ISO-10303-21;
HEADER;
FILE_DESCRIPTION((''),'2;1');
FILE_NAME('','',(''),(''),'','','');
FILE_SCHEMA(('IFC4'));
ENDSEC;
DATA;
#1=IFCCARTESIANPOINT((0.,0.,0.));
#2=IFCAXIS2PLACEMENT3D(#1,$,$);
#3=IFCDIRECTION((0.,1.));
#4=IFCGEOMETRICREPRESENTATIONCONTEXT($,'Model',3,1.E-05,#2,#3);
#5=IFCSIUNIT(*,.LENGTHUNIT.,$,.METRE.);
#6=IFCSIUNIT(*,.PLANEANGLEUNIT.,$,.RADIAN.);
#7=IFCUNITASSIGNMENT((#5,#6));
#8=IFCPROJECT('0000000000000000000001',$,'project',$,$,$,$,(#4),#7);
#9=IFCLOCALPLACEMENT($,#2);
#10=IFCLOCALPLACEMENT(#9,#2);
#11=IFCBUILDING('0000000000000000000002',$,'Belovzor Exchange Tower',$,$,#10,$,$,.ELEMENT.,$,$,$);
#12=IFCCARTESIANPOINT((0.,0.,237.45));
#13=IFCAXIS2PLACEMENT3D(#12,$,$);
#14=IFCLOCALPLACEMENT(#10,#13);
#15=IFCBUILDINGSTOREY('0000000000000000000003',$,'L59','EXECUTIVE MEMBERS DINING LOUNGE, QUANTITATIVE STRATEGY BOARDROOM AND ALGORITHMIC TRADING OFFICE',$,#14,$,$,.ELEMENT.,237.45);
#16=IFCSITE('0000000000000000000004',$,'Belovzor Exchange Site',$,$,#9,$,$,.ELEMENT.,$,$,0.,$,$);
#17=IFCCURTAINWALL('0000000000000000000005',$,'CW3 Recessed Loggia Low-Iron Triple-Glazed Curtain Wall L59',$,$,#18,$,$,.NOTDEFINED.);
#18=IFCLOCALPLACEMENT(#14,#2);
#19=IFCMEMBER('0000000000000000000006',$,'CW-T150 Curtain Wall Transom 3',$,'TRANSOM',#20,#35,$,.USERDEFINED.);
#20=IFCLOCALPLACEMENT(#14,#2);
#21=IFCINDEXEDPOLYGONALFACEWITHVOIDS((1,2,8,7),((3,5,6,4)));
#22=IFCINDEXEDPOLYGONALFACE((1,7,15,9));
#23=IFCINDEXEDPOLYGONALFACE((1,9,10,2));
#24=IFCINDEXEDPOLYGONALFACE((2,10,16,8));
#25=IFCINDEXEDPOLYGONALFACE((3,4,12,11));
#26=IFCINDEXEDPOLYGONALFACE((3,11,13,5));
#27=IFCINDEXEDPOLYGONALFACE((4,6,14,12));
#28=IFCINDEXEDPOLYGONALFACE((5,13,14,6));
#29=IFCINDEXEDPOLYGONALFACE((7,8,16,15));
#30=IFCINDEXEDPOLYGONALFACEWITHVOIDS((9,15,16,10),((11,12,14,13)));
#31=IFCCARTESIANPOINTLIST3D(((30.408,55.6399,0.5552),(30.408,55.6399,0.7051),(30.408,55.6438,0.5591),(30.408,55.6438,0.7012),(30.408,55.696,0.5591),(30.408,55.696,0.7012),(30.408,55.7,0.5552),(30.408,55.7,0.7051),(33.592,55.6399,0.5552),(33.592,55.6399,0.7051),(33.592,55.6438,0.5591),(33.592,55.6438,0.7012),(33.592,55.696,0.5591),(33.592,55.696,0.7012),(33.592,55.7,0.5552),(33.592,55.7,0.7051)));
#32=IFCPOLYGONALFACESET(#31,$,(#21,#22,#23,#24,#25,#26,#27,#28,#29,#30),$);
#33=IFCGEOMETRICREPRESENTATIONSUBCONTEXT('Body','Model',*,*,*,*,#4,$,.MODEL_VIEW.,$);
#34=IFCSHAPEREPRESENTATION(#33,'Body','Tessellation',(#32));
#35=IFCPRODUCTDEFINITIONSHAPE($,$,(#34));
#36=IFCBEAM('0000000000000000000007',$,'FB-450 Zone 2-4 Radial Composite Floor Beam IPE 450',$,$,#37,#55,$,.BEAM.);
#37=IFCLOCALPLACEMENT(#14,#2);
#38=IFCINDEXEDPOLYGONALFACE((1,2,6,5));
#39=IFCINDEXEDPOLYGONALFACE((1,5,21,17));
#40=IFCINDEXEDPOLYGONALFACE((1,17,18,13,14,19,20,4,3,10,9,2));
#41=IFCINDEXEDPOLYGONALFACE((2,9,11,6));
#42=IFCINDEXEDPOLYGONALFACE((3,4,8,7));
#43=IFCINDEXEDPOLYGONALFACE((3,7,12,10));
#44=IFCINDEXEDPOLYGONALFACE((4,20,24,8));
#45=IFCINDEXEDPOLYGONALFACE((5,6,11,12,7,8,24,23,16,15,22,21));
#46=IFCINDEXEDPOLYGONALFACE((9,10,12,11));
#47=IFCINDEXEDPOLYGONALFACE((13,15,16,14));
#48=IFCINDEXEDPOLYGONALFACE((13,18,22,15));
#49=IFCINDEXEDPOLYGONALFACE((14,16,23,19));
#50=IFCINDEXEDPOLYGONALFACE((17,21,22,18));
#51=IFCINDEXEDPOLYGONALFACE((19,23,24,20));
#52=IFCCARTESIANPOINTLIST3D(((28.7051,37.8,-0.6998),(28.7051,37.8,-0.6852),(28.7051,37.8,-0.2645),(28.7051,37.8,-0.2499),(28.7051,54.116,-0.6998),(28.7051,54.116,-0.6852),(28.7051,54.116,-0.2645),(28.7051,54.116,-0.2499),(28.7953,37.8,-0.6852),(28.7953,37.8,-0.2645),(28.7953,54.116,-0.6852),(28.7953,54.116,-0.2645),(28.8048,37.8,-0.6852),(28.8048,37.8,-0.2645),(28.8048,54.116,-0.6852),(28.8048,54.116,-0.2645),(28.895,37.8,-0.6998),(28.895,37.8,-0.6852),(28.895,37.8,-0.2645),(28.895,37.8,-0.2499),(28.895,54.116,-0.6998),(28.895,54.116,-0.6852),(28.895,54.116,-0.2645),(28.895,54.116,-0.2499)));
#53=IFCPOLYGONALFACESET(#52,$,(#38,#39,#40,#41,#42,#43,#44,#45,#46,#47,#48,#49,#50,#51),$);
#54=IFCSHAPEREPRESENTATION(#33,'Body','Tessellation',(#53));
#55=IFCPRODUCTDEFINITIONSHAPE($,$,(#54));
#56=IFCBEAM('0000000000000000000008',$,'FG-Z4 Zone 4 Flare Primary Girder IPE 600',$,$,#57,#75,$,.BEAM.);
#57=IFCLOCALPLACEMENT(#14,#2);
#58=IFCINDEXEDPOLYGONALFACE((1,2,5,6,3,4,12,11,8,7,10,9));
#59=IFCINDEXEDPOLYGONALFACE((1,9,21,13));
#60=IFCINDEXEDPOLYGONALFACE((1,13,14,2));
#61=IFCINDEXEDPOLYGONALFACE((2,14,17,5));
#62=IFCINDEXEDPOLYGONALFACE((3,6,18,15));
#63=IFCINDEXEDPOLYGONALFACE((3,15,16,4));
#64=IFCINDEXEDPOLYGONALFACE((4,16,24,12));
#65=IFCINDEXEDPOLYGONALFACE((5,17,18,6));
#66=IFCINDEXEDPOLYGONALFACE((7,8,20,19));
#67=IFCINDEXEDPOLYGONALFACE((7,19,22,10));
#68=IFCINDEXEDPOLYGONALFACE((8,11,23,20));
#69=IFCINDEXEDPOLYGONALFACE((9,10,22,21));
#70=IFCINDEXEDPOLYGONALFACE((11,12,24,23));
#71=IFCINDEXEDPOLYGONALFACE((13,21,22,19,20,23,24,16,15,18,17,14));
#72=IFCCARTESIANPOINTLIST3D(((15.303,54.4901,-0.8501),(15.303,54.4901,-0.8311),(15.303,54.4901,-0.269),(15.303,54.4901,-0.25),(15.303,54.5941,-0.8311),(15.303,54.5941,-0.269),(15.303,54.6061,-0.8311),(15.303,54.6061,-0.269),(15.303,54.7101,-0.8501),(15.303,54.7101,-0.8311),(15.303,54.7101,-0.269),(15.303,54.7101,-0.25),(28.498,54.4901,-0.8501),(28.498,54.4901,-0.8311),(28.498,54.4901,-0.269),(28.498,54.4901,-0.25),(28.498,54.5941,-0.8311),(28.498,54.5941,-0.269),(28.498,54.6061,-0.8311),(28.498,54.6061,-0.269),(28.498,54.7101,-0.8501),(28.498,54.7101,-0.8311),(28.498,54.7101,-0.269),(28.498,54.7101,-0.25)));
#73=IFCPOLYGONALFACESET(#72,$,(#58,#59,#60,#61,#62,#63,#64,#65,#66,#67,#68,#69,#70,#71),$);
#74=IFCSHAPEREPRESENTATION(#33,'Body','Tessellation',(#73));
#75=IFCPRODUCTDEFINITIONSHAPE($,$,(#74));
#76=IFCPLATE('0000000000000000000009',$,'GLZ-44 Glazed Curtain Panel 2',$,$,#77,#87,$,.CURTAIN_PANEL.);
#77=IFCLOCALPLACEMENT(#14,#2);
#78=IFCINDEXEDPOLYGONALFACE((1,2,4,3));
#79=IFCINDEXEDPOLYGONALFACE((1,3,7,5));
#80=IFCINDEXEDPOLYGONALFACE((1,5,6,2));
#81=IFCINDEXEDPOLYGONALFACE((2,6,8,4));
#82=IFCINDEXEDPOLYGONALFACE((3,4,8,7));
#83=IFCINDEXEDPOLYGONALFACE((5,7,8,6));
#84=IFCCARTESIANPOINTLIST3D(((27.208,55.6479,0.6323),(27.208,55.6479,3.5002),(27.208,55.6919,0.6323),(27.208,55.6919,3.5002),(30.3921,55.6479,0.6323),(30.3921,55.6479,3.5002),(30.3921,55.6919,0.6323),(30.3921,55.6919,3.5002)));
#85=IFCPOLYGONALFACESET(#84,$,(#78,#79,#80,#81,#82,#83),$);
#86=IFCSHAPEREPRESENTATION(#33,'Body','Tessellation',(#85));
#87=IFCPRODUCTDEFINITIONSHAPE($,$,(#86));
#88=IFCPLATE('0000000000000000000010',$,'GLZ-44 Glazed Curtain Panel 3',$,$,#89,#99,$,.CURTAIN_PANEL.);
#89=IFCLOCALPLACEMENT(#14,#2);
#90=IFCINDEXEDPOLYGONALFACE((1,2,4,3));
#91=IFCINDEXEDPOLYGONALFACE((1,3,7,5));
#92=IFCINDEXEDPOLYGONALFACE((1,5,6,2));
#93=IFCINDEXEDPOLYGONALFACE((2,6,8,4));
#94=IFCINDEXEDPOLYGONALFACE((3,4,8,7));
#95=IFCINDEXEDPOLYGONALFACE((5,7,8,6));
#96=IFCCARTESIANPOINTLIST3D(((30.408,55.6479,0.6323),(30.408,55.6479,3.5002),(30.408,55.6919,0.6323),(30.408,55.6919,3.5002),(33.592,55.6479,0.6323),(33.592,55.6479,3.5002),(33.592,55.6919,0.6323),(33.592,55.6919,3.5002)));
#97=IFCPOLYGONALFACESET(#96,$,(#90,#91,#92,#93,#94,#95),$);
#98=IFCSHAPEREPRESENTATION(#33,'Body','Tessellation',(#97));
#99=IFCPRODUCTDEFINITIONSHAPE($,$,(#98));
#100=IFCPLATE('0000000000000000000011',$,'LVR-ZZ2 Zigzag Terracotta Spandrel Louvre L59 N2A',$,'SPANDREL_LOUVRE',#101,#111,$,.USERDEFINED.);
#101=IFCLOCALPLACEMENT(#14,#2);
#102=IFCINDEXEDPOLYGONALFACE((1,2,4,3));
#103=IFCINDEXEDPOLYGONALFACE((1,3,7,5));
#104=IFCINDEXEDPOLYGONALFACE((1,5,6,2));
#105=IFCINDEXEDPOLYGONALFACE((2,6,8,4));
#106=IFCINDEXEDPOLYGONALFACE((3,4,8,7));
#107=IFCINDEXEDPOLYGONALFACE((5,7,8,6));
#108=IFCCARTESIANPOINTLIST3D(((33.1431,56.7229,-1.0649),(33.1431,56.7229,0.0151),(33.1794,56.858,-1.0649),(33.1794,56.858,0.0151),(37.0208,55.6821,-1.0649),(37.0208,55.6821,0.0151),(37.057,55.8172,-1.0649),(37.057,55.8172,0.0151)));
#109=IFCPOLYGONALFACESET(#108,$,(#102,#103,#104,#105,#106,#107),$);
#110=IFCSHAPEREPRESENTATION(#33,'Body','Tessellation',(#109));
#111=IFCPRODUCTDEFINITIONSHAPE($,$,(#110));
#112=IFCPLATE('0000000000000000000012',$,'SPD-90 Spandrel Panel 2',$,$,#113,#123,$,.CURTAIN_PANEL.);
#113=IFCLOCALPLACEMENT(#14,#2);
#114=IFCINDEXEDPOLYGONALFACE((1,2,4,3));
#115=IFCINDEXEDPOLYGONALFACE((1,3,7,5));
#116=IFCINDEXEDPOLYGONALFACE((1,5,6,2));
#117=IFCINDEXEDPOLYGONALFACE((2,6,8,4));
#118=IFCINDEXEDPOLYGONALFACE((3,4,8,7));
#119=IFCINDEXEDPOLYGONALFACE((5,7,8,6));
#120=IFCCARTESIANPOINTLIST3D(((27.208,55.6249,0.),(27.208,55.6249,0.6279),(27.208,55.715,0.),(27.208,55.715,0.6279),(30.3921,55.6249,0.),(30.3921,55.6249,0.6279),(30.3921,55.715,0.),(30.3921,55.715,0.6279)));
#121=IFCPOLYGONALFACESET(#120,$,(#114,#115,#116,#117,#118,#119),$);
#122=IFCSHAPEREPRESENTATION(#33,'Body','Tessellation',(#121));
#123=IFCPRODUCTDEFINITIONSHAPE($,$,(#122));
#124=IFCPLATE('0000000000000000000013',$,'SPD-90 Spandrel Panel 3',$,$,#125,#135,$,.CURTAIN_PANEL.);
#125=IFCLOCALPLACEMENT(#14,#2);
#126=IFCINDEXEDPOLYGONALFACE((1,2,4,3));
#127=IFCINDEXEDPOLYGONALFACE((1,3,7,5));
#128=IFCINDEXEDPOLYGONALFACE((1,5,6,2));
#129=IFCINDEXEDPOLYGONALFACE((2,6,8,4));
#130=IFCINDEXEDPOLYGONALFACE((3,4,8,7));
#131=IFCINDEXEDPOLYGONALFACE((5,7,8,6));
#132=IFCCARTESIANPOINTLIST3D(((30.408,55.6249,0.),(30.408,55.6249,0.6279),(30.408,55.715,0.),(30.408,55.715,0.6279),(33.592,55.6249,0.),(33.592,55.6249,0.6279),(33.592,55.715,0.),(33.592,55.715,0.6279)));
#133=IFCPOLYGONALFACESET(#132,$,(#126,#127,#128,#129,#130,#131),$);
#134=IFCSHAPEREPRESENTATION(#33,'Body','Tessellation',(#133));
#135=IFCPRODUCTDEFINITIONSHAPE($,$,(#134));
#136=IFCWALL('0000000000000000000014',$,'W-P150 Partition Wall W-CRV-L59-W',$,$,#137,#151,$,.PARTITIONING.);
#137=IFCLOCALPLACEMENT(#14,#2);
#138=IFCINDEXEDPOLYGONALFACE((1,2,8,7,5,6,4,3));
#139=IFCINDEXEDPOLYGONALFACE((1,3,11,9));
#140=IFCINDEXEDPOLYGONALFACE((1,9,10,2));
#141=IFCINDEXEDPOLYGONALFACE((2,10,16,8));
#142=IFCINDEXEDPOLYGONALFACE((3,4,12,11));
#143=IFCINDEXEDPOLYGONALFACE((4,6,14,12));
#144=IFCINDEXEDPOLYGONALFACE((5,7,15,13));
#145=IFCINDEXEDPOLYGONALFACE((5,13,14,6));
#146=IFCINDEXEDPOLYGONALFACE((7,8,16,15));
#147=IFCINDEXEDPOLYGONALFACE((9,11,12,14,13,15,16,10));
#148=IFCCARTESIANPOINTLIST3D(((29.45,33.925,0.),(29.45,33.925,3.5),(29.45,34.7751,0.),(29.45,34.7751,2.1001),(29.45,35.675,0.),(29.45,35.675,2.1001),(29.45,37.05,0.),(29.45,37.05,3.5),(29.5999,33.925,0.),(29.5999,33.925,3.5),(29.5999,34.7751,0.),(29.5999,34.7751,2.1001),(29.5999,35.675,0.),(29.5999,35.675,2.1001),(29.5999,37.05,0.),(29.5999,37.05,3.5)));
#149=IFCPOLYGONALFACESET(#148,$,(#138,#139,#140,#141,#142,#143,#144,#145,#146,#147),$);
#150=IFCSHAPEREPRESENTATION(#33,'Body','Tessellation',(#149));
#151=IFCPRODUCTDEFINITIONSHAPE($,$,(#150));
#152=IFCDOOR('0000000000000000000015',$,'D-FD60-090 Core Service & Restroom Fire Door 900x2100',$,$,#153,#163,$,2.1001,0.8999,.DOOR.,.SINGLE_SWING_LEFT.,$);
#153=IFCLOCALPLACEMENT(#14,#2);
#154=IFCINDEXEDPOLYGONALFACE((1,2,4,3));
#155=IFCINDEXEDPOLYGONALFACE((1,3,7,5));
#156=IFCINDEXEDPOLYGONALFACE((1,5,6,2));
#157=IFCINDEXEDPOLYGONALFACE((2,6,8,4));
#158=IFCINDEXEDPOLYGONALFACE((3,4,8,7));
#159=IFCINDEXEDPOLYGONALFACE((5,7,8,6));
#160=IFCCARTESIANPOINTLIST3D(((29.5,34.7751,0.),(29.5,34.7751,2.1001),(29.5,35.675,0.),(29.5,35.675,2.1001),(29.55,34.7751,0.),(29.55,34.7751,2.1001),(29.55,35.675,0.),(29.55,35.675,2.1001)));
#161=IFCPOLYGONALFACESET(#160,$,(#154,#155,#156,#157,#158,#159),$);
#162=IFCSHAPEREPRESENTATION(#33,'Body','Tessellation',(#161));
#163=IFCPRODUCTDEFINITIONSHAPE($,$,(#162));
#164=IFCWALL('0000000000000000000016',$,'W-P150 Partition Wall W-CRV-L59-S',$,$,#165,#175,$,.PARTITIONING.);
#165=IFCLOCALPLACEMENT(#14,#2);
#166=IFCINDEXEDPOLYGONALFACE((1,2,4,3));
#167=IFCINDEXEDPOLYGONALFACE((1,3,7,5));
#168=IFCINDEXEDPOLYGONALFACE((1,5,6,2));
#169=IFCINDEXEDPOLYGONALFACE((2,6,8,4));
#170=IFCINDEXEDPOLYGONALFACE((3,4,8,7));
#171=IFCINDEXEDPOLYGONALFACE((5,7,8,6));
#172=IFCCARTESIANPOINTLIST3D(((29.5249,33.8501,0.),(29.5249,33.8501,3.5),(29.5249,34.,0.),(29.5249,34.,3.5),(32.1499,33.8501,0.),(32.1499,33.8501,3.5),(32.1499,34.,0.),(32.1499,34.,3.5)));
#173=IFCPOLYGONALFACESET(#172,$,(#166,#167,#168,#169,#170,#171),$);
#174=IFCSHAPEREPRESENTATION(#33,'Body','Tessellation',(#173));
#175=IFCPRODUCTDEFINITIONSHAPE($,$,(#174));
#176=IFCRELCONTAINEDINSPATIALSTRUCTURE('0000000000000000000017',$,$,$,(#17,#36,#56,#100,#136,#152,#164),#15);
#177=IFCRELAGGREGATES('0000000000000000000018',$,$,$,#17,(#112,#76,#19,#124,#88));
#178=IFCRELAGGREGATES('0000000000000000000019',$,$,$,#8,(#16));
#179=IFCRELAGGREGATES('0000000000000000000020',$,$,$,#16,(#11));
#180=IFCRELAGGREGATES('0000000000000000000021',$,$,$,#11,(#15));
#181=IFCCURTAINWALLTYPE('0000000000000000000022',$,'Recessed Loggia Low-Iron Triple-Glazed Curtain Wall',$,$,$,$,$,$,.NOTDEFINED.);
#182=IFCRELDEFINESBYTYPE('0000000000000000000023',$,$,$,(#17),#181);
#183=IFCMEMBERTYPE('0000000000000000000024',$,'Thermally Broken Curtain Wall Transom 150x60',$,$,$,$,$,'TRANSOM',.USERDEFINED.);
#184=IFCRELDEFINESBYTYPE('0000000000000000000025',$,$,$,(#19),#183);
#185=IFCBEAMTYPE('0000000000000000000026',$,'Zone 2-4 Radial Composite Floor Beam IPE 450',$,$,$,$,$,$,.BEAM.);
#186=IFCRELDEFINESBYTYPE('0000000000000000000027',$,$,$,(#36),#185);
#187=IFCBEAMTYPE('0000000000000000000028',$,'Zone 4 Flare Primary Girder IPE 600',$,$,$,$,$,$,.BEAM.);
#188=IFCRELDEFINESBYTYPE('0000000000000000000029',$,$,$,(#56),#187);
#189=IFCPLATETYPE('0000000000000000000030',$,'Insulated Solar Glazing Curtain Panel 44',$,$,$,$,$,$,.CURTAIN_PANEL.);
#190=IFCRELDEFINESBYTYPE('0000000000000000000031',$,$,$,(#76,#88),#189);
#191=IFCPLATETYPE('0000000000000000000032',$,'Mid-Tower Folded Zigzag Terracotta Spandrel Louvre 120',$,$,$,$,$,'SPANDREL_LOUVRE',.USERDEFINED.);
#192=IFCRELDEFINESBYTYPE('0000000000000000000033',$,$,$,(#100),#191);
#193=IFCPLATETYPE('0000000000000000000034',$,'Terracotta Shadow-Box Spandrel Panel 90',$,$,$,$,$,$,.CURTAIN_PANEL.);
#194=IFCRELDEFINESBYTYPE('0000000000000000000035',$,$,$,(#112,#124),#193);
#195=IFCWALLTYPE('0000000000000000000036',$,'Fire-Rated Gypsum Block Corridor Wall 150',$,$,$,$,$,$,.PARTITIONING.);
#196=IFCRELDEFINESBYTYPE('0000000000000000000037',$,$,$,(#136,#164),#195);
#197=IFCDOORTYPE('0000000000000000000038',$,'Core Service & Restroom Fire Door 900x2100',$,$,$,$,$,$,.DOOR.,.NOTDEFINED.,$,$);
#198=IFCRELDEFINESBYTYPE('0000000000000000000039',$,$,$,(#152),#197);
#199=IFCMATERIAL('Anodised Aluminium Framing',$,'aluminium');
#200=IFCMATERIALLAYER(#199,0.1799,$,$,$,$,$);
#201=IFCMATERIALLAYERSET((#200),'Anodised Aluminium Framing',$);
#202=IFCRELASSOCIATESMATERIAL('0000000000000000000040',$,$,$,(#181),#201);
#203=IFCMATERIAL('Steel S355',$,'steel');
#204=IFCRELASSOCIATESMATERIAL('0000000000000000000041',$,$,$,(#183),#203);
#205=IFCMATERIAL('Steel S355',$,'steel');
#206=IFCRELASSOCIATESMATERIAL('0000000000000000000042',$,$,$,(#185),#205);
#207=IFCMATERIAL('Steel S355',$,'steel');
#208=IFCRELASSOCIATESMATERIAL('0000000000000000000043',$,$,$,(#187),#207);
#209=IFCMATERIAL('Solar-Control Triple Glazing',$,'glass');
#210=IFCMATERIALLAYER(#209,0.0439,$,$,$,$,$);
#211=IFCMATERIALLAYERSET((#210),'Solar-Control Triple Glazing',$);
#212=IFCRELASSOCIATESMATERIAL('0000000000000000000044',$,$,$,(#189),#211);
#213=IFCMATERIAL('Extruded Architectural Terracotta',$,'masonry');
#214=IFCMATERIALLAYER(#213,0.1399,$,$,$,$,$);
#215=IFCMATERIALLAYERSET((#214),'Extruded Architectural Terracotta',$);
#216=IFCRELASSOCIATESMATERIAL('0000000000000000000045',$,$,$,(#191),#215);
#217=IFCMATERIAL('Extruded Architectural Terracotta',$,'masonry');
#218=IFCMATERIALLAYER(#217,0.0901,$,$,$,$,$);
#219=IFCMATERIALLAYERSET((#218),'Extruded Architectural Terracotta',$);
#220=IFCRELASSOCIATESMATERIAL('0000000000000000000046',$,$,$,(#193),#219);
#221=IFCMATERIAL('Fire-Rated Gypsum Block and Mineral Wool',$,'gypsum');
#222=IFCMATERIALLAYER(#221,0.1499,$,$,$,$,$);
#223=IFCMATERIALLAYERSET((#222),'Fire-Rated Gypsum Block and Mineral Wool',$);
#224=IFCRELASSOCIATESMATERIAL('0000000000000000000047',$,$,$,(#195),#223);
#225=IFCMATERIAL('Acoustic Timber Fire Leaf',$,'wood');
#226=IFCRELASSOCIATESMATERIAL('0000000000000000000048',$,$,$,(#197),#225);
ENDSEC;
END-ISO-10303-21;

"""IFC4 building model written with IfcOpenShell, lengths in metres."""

from ifc_helpers import new_model, si_unit, direction, frame, frame_2d, origin, origin_2d, place, context, subcontext, project, spatial, rectangle, hollow_rectangle, i_section, extrude, material, layer, layer_set, material_profile, profile_set, type_object, element, fill, aggregate, save


model = new_model("IFC4")

# Units and contexts
model_context = context("Model", 3, precision=1e-05, world=origin(), true_north=direction((0.0, 1.0)))
body_context = subcontext(model_context, "Body", "Model", "MODEL_VIEW")
ifc_project = project(units=[si_unit("LENGTHUNIT", "METRE"), si_unit("PLANEANGLEUNIT", "RADIAN")], contexts=[model_context])

# Site, building, storey
site_placement = place(None, origin())
site = spatial("IfcSite", under=ifc_project, at=site_placement, Name="Belovzor Exchange Site", CompositionType="ELEMENT", RefElevation=0.0)
building_placement = place(site_placement, origin())
building = spatial("IfcBuilding", under=site, at=building_placement, Name="Belovzor Exchange Tower", CompositionType="ELEMENT")
storey_placement = place(building_placement, frame((0.0, 0.0, 237.45)))
storey = spatial("IfcBuildingStorey", under=building, at=storey_placement, Name="L59", Description="EXECUTIVE MEMBERS DINING LOUNGE, QUANTITATIVE STRATEGY BOARDROOM AND ALGORITHMIC TRADING OFFICE", CompositionType="ELEMENT", Elevation=237.45)

# Curtain wall, member
ifc_material_1 = material(Name="Anodised Aluminium Framing", Category="aluminium")
ifc_layer_1 = layer(ifc_material_1, 0.1799)
ifc_layer_set_1 = layer_set([ifc_layer_1], Name="Anodised Aluminium Framing")
curtain_wall_type = type_object("IfcCurtainWallType", Name="Recessed Loggia Low-Iron Triple-Glazed Curtain Wall", PredefinedType="NOTDEFINED", material=ifc_layer_set_1)
curtain_wall_placement = place(storey_placement, origin())
curtain_wall = element("IfcCurtainWall", 1, at=curtain_wall_placement, inside=storey, type_object=curtain_wall_type, Name="CW3 Recessed Loggia Low-Iron Triple-Glazed Curtain Wall L59", PredefinedType="NOTDEFINED")
ifc_material_2 = material(Name="Steel S355", Category="steel")
ifc_material_profile_1 = material_profile(ifc_material_2, hollow_rectangle(XDim=0.0601, YDim=0.1499, WallThickness=0.0039, at=origin_2d()))
ifc_profile_set_1 = profile_set([ifc_material_profile_1], Name="Steel S355")
member_type_1 = type_object("IfcMemberType", Name="Thermally Broken Curtain Wall Transom 150x60", ElementType="TRANSOM", PredefinedType="USERDEFINED", material=ifc_profile_set_1)
member_1_placement = place(storey_placement, frame((30.408, 55.6699, 0.6301), z_axis=(1.0, 0.0, 0.0), x_axis=(0.0, 1.0, 0.0)))
member_1 = element("IfcMember", 2, at=member_1_placement, type_object=member_type_1, Name="CW-T150 Curtain Wall Transom 3", ObjectType="TRANSOM", PredefinedType="USERDEFINED", context=body_context, shape_type="SweptSolid", body=[
    extrude(hollow_rectangle(XDim=0.0601, YDim=0.1499, WallThickness=0.0039, at=origin_2d()), origin(), (0.0, 0.0, 1.0), 3.1841),
])

# Beams
ifc_material_3 = material(Name="Steel S355", Category="steel")
ifc_material_profile_2 = material_profile(ifc_material_3, i_section(OverallWidth=0.1899, OverallDepth=0.45, WebThickness=0.0095, FlangeThickness=0.0146, at=origin_2d()))
ifc_profile_set_2 = profile_set([ifc_material_profile_2], Name="Steel S355")
beam_type_1 = type_object("IfcBeamType", Name="Zone 2-4 Radial Composite Floor Beam IPE 450", PredefinedType="BEAM", material=ifc_profile_set_2)
beam_1_placement = place(storey_placement, frame((28.8, 37.8, -0.4749), z_axis=(0.0, 1.0, 0.0), x_axis=(-1.0, 0.0, 0.0)))
element("IfcBeam", 3, at=beam_1_placement, inside=storey, type_object=beam_type_1, Name="FB-450 Zone 2-4 Radial Composite Floor Beam IPE 450", PredefinedType="BEAM", context=body_context, shape_type="SweptSolid", body=[
    extrude(i_section(OverallWidth=0.1899, OverallDepth=0.45, WebThickness=0.0095, FlangeThickness=0.0146, at=origin_2d()), origin(), (0.0, 0.0, 1.0), 16.3159),
])
ifc_material_4 = material(Name="Steel S355", Category="steel")
ifc_material_profile_3 = material_profile(ifc_material_4, i_section(OverallWidth=0.22, OverallDepth=0.6001, WebThickness=0.012, FlangeThickness=0.019, at=origin_2d()))
ifc_profile_set_3 = profile_set([ifc_material_profile_3], Name="Steel S355")
beam_type_2 = type_object("IfcBeamType", Name="Zone 4 Flare Primary Girder IPE 600", PredefinedType="BEAM", material=ifc_profile_set_3)
beam_2_placement = place(storey_placement, frame((28.498, 54.6001, -0.55), z_axis=(-1.0, 0.0, 0.0), x_axis=(0.0, -1.0, 0.0)))
element("IfcBeam", 4, at=beam_2_placement, inside=storey, type_object=beam_type_2, Name="FG-Z4 Zone 4 Flare Primary Girder IPE 600", PredefinedType="BEAM", context=body_context, shape_type="SweptSolid", body=[
    extrude(i_section(OverallWidth=0.22, OverallDepth=0.6001, WebThickness=0.012, FlangeThickness=0.019, at=origin_2d()), origin(), (0.0, 0.0, 1.0), 13.1951),
])

# Plates
ifc_material_5 = material(Name="Solar-Control Triple Glazing", Category="glass")
ifc_layer_2 = layer(ifc_material_5, 0.0439)
ifc_layer_set_2 = layer_set([ifc_layer_2], Name="Solar-Control Triple Glazing")
plate_type_1 = type_object("IfcPlateType", Name="Insulated Solar Glazing Curtain Panel 44", PredefinedType="CURTAIN_PANEL", material=ifc_layer_set_2)
plate_1_placement = place(storey_placement, frame((28.8, 55.6699, 0.6323), z_axis=(0.0, 0.0, 1.0), x_axis=(1.0, 0.0, 0.0)))
plate_1 = element("IfcPlate", 5, at=plate_1_placement, type_object=plate_type_1, Name="GLZ-44 Glazed Curtain Panel 2", PredefinedType="CURTAIN_PANEL", context=body_context, shape_type="SweptSolid", body=[
    extrude(rectangle(XDim=3.1841, YDim=0.0439, at=origin_2d()), origin(), (0.0, 0.0, 1.0), 2.8679),
])
plate_2_placement = place(storey_placement, frame((32.0, 55.6699, 0.6323), z_axis=(0.0, 0.0, 1.0), x_axis=(1.0, 0.0, 0.0)))
plate_2 = element("IfcPlate", 6, at=plate_2_placement, type_object=plate_type_1, Name="GLZ-44 Glazed Curtain Panel 3", PredefinedType="CURTAIN_PANEL", context=body_context, shape_type="SweptSolid", body=[
    extrude(rectangle(XDim=3.1841, YDim=0.0439, at=origin_2d()), origin(), (0.0, 0.0, 1.0), 2.8679),
])
ifc_material_6 = material(Name="Extruded Architectural Terracotta", Category="masonry")
ifc_layer_3 = layer(ifc_material_6, 0.1399)
ifc_layer_set_3 = layer_set([ifc_layer_3], Name="Extruded Architectural Terracotta")
plate_type_2 = type_object("IfcPlateType", Name="Mid-Tower Folded Zigzag Terracotta Spandrel Louvre 120", ElementType="SPANDREL_LOUVRE", PredefinedType="USERDEFINED", material=ifc_layer_set_3)
plate_3_placement = place(storey_placement, frame((35.1001, 56.27, -1.0649), z_axis=(0.0, 0.0, 1.0), x_axis=(0.965813, -0.25924, 0.0)))
element("IfcPlate", 7, at=plate_3_placement, inside=storey, type_object=plate_type_2, Name="LVR-ZZ2 Zigzag Terracotta Spandrel Louvre L59 N2A", ObjectType="SPANDREL_LOUVRE", PredefinedType="USERDEFINED", context=body_context, shape_type="SweptSolid", body=[
    extrude(rectangle(XDim=4.0149, YDim=0.1399, at=origin_2d()), origin(), (0.0, 0.0, 1.0), 1.0801),
])
ifc_material_7 = material(Name="Extruded Architectural Terracotta", Category="masonry")
ifc_layer_4 = layer(ifc_material_7, 0.0901)
ifc_layer_set_4 = layer_set([ifc_layer_4], Name="Extruded Architectural Terracotta")
plate_type_3 = type_object("IfcPlateType", Name="Terracotta Shadow-Box Spandrel Panel 90", PredefinedType="CURTAIN_PANEL", material=ifc_layer_set_4)
plate_4_placement = place(storey_placement, frame((28.8, 55.6699, 0.0), z_axis=(0.0, 0.0, 1.0), x_axis=(1.0, 0.0, 0.0)))
plate_4 = element("IfcPlate", 8, at=plate_4_placement, type_object=plate_type_3, Name="SPD-90 Spandrel Panel 2", PredefinedType="CURTAIN_PANEL", context=body_context, shape_type="SweptSolid", body=[
    extrude(rectangle(XDim=3.1841, YDim=0.0901, at=origin_2d()), origin(), (0.0, 0.0, 1.0), 0.6279),
])
plate_5_placement = place(storey_placement, frame((32.0, 55.6699, 0.0), z_axis=(0.0, 0.0, 1.0), x_axis=(1.0, 0.0, 0.0)))
plate_5 = element("IfcPlate", 9, at=plate_5_placement, type_object=plate_type_3, Name="SPD-90 Spandrel Panel 3", PredefinedType="CURTAIN_PANEL", context=body_context, shape_type="SweptSolid", body=[
    extrude(rectangle(XDim=3.1841, YDim=0.0901, at=origin_2d()), origin(), (0.0, 0.0, 1.0), 0.6279),
])
aggregate(curtain_wall, [plate_4, plate_1, member_1, plate_5, plate_2])

# Wall, opening, door
ifc_material_8 = material(Name="Fire-Rated Gypsum Block and Mineral Wool", Category="gypsum")
ifc_layer_5 = layer(ifc_material_8, 0.1499)
ifc_layer_set_5 = layer_set([ifc_layer_5], Name="Fire-Rated Gypsum Block and Mineral Wool")
wall_type_1 = type_object("IfcWallType", Name="Fire-Rated Gypsum Block Corridor Wall 150", PredefinedType="PARTITIONING", material=ifc_layer_set_5)
wall_1_placement = place(storey_placement, frame((29.5249, 33.925, 0.0), z_axis=(0.0, 0.0, 1.0), x_axis=(0.0, 1.0, 0.0)))
wall_1 = element("IfcWall", 10, at=wall_1_placement, inside=storey, type_object=wall_type_1, Name="W-P150 Partition Wall W-CRV-L59-W", PredefinedType="PARTITIONING", context=body_context, shape_type="SweptSolid", body=[
    extrude(rectangle(XDim=3.125, YDim=0.1499, at=frame_2d((1.5625, 0.0))), origin(), (0.0, 0.0, 1.0), 3.5),
])
opening_1_placement = place(wall_1_placement, frame((0.8501, 0.0, 0.0)))
opening_1 = element("IfcOpeningElement", 11, at=opening_1_placement, cuts=wall_1, PredefinedType="OPENING", context=body_context, shape_type="SweptSolid", body=[
    extrude(rectangle(XDim=0.8999, YDim=2.1001, at=frame_2d((0.45, 1.05))), frame((0.0, 0.085, 0.0), z_axis=(0.0, -1.0, 0.0), x_axis=(1.0, 0.0, 0.0)), (0.0, 0.0, 1.0), 0.1699),
])
ifc_material_9 = material(Name="Acoustic Timber Fire Leaf", Category="wood")
door_type = type_object("IfcDoorType", Name="Core Service & Restroom Fire Door 900x2100", OperationType="NOTDEFINED", PredefinedType="DOOR", material=ifc_material_9)
door_placement = place(opening_1_placement, origin())
door = element("IfcDoor", 12, at=door_placement, inside=storey, type_object=door_type, Name="D-FD60-090 Core Service & Restroom Fire Door 900x2100", OperationType="SINGLE_SWING_LEFT", OverallHeight=2.1001, OverallWidth=0.8999, PredefinedType="DOOR", context=body_context, shape_type="SweptSolid", body=[
    extrude(rectangle(XDim=0.8999, YDim=2.1001, at=frame_2d((0.45, 1.05))), frame((0.0, 0.0249, 0.0), z_axis=(0.0, -1.0, 0.0), x_axis=(1.0, 0.0, 0.0)), (0.0, 0.0, 1.0), 0.05),
])
fill(opening_1, door)

# Wall
wall_2_placement = place(storey_placement, frame((29.5249, 33.925, 0.0), z_axis=(0.0, 0.0, 1.0), x_axis=(1.0, 0.0, 0.0)))
element("IfcWall", 13, at=wall_2_placement, inside=storey, type_object=wall_type_1, Name="W-P150 Partition Wall W-CRV-L59-S", PredefinedType="PARTITIONING", context=body_context, shape_type="SweptSolid", body=[
    extrude(rectangle(XDim=2.625, YDim=0.1499, at=frame_2d((1.3125, 0.0))), origin(), (0.0, 0.0, 1.0), 3.5),
])

save(model, "model.ifc")
